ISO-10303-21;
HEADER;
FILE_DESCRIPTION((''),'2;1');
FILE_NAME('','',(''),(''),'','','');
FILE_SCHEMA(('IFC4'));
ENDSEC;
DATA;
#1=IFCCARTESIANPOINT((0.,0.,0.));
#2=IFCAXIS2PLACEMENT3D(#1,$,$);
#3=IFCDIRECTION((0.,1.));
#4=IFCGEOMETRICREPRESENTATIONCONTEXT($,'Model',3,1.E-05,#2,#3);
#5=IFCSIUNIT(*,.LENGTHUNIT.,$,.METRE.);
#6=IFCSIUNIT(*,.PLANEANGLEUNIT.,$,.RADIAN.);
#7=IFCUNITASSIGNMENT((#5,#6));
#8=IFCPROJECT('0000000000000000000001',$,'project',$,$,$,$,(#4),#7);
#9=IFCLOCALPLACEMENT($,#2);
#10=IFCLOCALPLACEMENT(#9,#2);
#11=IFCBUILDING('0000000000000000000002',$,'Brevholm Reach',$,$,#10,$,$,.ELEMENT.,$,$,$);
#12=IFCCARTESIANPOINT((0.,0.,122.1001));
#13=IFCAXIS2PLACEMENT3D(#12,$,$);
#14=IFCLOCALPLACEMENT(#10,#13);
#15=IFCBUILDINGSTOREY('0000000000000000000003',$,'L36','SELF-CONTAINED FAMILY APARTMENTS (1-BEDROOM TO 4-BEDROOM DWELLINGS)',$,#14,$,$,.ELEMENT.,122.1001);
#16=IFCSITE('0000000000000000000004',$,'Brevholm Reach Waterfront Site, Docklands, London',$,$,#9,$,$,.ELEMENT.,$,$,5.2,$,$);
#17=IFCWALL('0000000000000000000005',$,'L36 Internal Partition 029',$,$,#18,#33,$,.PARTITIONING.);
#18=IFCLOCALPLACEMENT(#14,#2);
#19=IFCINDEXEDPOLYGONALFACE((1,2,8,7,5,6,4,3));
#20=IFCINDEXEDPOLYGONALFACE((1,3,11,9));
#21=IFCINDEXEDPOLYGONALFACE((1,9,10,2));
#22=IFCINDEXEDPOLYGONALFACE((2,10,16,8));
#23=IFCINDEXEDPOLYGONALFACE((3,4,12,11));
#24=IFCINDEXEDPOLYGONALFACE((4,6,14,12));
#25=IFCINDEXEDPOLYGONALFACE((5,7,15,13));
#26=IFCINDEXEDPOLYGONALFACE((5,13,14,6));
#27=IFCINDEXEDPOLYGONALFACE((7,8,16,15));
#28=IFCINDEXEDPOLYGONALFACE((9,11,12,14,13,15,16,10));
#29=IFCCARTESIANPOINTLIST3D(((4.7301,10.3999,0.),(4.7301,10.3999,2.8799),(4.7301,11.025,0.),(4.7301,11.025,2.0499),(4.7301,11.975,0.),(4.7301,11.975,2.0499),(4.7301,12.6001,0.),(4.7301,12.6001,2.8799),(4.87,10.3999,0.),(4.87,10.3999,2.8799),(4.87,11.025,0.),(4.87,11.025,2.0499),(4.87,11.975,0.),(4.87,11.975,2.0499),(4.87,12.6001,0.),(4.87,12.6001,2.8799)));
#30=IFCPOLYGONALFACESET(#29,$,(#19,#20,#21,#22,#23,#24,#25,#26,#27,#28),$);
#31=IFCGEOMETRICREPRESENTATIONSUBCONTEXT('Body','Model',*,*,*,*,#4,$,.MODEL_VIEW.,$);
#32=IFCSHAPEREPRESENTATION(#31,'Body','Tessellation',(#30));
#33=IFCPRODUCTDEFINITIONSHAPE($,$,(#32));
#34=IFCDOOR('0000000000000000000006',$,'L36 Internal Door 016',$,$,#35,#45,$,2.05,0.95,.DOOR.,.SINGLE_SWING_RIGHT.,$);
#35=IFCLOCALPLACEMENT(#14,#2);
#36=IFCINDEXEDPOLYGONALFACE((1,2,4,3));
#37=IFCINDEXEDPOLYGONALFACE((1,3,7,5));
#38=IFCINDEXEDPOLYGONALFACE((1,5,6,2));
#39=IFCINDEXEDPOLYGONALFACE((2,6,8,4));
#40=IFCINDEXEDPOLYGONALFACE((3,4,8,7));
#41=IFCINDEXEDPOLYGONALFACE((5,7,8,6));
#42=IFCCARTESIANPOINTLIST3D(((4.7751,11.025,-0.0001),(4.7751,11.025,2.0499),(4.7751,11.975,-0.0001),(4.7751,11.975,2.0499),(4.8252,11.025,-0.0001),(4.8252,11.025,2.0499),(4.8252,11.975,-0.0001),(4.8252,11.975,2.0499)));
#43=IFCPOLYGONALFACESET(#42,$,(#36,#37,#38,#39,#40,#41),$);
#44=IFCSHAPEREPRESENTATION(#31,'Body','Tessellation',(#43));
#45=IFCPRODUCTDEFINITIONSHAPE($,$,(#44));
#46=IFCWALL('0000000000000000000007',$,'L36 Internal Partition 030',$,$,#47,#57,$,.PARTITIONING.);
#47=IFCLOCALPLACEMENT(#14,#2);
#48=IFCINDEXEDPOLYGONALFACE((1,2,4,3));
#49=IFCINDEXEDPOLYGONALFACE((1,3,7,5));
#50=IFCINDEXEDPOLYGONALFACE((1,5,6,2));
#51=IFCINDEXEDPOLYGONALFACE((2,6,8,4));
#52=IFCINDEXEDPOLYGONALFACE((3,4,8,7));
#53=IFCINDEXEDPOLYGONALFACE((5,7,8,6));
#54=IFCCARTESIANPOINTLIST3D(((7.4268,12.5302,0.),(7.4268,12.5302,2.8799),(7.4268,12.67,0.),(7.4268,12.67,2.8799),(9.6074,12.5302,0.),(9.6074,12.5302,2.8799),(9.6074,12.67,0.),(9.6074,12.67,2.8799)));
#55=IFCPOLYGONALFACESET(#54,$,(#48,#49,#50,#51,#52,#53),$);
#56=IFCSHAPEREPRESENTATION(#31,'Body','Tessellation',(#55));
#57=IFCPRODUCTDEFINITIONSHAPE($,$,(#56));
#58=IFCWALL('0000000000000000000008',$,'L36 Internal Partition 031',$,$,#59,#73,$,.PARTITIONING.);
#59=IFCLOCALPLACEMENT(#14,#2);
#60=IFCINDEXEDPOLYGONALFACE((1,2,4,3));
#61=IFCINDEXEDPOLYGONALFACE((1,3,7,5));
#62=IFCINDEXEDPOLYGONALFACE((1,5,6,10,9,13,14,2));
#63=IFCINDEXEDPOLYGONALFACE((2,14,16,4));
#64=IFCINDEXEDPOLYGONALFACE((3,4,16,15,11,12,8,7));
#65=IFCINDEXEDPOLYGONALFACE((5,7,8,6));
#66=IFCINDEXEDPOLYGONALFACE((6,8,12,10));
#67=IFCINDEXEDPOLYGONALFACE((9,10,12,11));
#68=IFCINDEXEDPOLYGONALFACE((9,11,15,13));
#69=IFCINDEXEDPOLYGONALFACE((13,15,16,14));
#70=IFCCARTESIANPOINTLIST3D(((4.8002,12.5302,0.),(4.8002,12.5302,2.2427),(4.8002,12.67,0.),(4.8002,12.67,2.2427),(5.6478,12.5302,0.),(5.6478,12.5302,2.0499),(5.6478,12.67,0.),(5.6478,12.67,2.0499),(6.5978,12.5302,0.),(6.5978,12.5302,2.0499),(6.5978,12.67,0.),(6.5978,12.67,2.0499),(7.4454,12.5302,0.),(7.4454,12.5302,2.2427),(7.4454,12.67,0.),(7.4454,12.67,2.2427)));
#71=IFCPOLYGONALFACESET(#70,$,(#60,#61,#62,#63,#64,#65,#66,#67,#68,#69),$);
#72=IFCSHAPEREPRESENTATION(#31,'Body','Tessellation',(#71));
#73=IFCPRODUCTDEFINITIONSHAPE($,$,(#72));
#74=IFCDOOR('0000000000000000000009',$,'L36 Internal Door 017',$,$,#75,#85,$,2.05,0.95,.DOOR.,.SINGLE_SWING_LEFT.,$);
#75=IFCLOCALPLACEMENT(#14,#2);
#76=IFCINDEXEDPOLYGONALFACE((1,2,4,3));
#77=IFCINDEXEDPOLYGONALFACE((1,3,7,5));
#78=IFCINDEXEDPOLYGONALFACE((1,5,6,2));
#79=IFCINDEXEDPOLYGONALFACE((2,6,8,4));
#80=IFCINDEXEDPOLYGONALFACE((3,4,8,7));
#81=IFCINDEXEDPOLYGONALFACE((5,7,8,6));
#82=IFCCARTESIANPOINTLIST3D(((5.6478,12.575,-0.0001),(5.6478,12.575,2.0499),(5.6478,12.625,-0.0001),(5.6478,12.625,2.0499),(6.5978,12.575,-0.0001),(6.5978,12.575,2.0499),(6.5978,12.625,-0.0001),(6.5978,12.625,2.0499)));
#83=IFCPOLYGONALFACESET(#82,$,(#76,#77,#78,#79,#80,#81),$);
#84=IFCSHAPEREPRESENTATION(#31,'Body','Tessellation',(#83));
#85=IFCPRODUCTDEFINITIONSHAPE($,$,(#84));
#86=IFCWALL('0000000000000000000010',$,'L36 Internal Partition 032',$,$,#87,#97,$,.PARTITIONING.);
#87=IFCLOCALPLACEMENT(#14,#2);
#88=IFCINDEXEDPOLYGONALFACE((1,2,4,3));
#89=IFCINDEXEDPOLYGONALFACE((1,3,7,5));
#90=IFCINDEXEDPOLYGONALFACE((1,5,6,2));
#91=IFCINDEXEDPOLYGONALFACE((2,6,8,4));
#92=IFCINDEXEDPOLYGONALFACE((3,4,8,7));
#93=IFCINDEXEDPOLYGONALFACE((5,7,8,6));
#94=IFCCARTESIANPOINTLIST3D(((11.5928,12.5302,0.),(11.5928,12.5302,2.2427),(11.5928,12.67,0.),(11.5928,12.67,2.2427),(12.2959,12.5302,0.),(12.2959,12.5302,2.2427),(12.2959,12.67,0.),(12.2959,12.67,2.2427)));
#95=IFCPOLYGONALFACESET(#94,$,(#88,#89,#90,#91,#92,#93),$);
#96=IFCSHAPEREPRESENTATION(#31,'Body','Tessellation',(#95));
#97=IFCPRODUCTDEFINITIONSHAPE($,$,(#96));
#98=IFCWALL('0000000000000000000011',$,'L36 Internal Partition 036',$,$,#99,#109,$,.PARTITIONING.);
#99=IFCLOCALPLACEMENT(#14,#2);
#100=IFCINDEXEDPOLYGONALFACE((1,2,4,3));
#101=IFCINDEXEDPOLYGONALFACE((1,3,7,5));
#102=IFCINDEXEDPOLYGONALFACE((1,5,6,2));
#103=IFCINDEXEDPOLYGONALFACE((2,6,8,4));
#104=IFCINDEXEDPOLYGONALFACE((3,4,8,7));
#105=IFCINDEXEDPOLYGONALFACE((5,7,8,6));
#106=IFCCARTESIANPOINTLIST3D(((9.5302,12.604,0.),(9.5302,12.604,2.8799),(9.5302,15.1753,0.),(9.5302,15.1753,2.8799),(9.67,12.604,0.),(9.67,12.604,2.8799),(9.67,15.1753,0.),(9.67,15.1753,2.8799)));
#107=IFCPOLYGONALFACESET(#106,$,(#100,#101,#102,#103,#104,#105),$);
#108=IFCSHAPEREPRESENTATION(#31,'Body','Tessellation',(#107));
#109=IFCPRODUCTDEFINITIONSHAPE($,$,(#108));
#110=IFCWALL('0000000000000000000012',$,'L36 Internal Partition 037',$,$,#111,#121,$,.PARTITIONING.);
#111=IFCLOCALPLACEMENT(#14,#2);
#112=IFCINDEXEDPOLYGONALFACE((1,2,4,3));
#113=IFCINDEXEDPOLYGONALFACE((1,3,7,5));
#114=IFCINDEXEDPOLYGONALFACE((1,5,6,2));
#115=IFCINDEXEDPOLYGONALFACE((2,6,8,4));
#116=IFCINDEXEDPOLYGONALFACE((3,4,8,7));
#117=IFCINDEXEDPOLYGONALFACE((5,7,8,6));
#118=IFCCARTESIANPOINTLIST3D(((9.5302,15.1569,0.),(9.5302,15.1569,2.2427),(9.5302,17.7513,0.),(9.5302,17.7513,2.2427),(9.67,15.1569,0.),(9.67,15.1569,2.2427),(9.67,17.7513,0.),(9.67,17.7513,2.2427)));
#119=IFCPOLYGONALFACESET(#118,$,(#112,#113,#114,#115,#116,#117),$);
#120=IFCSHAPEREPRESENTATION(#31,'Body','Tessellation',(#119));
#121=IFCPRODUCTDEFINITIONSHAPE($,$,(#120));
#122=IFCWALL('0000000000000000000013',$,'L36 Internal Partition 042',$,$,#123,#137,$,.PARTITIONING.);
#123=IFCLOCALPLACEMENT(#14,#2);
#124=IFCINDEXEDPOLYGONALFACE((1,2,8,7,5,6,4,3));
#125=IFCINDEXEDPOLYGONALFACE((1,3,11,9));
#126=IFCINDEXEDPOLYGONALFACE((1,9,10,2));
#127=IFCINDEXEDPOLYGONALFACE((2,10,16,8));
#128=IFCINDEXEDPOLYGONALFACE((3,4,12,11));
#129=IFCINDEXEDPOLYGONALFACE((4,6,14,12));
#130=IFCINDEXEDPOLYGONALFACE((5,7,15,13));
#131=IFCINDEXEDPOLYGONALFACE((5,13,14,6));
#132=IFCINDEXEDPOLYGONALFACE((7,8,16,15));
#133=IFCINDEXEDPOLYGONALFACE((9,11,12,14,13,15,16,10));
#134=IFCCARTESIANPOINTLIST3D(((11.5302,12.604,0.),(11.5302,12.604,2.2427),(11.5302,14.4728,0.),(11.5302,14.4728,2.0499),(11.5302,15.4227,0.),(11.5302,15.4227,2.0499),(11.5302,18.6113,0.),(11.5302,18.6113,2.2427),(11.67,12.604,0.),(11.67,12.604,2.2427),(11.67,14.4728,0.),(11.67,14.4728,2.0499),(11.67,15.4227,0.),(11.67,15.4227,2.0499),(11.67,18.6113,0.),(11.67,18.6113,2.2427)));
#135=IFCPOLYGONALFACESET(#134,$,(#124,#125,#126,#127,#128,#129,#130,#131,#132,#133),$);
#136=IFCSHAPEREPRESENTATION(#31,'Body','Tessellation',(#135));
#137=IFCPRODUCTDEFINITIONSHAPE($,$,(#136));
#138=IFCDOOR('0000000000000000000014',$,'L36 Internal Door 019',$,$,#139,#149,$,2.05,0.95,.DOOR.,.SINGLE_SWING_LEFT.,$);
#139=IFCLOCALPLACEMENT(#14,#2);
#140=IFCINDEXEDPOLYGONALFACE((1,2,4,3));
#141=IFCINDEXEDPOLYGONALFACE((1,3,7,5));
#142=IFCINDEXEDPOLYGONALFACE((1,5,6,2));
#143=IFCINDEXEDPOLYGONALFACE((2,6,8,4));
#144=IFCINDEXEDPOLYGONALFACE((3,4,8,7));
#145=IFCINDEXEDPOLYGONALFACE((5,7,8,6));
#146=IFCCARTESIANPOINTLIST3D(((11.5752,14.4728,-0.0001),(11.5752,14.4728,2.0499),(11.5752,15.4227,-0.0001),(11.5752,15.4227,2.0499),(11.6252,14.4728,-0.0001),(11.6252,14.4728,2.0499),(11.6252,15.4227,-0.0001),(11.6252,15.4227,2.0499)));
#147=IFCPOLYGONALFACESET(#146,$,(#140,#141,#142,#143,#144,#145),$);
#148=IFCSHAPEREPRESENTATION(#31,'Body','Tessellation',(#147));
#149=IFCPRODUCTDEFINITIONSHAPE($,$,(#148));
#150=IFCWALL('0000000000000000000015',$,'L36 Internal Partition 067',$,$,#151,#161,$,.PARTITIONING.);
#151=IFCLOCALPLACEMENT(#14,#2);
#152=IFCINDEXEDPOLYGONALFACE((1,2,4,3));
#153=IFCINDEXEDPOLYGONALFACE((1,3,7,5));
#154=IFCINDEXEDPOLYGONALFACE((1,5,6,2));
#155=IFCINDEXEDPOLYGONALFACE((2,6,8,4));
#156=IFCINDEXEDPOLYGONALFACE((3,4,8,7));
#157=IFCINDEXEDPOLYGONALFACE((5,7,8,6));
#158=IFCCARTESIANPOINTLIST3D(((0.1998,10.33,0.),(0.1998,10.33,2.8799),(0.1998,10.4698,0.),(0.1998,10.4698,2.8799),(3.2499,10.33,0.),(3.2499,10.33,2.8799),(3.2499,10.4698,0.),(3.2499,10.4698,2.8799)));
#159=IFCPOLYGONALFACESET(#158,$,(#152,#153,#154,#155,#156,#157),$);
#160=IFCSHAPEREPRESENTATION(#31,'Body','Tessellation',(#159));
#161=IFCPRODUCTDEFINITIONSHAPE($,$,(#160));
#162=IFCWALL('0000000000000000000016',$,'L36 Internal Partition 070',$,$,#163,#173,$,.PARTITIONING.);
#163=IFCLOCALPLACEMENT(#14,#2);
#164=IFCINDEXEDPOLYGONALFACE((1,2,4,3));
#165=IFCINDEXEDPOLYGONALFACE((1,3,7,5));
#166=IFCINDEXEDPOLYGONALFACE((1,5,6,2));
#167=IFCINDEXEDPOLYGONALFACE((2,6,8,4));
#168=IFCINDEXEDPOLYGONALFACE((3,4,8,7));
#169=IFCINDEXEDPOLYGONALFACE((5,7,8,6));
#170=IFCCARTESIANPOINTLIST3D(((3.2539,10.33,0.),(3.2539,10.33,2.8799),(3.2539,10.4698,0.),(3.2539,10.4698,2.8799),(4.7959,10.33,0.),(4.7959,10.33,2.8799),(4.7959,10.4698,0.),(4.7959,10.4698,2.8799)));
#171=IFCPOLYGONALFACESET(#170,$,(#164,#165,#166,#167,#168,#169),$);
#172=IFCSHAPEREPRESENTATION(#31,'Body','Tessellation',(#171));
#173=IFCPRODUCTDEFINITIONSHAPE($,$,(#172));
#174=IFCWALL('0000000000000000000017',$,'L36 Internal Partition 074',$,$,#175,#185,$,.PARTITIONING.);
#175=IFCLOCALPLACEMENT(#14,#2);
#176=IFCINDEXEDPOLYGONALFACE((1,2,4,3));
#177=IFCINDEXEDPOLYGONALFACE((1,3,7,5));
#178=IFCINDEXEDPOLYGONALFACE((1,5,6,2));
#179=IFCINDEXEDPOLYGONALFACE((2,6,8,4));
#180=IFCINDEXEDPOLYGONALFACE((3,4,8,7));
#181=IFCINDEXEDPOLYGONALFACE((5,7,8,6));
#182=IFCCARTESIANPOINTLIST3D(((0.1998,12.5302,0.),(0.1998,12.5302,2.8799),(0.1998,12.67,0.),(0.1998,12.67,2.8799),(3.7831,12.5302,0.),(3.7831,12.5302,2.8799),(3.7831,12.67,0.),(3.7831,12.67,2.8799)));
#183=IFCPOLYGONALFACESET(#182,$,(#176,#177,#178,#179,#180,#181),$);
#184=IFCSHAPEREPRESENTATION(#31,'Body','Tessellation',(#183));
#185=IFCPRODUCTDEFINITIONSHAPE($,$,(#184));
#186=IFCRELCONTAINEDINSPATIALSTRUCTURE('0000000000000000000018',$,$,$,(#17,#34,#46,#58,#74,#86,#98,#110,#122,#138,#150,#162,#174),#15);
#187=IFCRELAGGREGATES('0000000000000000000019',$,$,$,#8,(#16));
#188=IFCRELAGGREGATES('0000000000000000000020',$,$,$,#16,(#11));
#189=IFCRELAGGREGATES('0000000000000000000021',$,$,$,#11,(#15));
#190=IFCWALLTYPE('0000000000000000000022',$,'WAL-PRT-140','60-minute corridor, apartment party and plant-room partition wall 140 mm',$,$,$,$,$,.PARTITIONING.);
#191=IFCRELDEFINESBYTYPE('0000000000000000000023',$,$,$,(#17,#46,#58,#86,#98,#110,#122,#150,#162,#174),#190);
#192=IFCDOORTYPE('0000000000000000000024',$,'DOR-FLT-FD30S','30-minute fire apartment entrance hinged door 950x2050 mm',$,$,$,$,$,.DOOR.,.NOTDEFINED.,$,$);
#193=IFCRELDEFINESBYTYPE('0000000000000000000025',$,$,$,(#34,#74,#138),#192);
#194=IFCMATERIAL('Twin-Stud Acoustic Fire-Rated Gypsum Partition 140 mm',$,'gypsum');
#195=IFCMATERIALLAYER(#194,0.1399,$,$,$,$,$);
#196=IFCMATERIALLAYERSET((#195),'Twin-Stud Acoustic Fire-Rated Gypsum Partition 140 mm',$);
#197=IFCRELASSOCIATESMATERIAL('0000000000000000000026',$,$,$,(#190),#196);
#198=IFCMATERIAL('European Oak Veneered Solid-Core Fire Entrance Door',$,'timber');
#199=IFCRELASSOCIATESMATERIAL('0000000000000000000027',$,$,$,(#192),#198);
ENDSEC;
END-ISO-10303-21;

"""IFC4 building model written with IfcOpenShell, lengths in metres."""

from ifc_helpers import new_model, si_unit, direction, frame, frame_2d, origin, place, context, subcontext, project, spatial, rectangle, extrude, material, layer, layer_set, type_object, element, fill, save


model = new_model("IFC4")

# Units and contexts
model_context = context("Model", 3, precision=1e-05, world=origin(), true_north=direction((0.0, 1.0)))
body_context = subcontext(model_context, "Body", "Model", "MODEL_VIEW")
ifc_project = project(units=[si_unit("LENGTHUNIT", "METRE"), si_unit("PLANEANGLEUNIT", "RADIAN")], contexts=[model_context])

# Site, building, storey
site_placement = place(None, origin())
site = spatial("IfcSite", under=ifc_project, at=site_placement, Name="Brevholm Reach Waterfront Site, Docklands, London", CompositionType="ELEMENT", RefElevation=5.2)
building_placement = place(site_placement, origin())
building = spatial("IfcBuilding", under=site, at=building_placement, Name="Brevholm Reach", CompositionType="ELEMENT")
storey_placement = place(building_placement, frame((0.0, 0.0, 122.1001)))
storey = spatial("IfcBuildingStorey", under=building, at=storey_placement, Name="L36", Description="SELF-CONTAINED FAMILY APARTMENTS (1-BEDROOM TO 4-BEDROOM DWELLINGS)", CompositionType="ELEMENT", Elevation=122.1001)

# Shared definitions
ifc_material_1 = material(Name="Twin-Stud Acoustic Fire-Rated Gypsum Partition 140 mm", Category="gypsum")
ifc_layer_1 = layer(ifc_material_1, 0.1399)
ifc_layer_set_1 = layer_set([ifc_layer_1], Name="Twin-Stud Acoustic Fire-Rated Gypsum Partition 140 mm")
wall_type_1 = type_object("IfcWallType", Name="WAL-PRT-140", Description="60-minute corridor, apartment party and plant-room partition wall 140 mm", PredefinedType="PARTITIONING", material=ifc_layer_set_1)

# Wall, opening, door
ifc_material_2 = material(Name="European Oak Veneered Solid-Core Fire Entrance Door", Category="timber")
door_type_1 = type_object("IfcDoorType", Name="DOR-FLT-FD30S", Description="30-minute fire apartment entrance hinged door 950x2050 mm", OperationType="NOTDEFINED", PredefinedType="DOOR", material=ifc_material_2)
wall_1_placement = place(storey_placement, frame((4.8, 10.3999, 0.0), z_axis=(0.0, 0.0, 1.0), x_axis=(0.0, 1.0, 0.0)))
wall_1 = element("IfcWall", 1, at=wall_1_placement, inside=storey, type_object=wall_type_1, Name="L36 Internal Partition 029", PredefinedType="PARTITIONING", context=body_context, shape_type="SweptSolid", body=[
    extrude(rectangle(XDim=2.2002, YDim=0.1399, at=frame_2d((1.1001, 0.0))), origin(), (0.0, 0.0, 1.0), 2.8799),
])
opening_1_placement = place(wall_1_placement, frame((0.625, 0.0, 0.0)))
opening_1 = element("IfcOpeningElement", 2, at=opening_1_placement, cuts=wall_1, PredefinedType="OPENING", context=body_context, shape_type="SweptSolid", body=[
    extrude(rectangle(XDim=0.95, YDim=2.05, at=frame_2d((0.4751, 1.0249))), frame((0.0, 0.0798, 0.0), z_axis=(0.0, -1.0, 0.0), x_axis=(1.0, 0.0, 0.0)), (0.0, 0.0, 1.0), 0.1599),
])
door_1_placement = place(opening_1_placement, origin())
door_1 = element("IfcDoor", 3, at=door_1_placement, inside=storey, type_object=door_type_1, Name="L36 Internal Door 016", OperationType="SINGLE_SWING_RIGHT", OverallHeight=2.05, OverallWidth=0.95, PredefinedType="DOOR", context=body_context, shape_type="SweptSolid", body=[
    extrude(rectangle(XDim=0.95, YDim=2.05, at=frame_2d((0.4751, 1.0249))), frame((0.0, 0.0249, 0.0), z_axis=(0.0, -1.0, 0.0), x_axis=(1.0, 0.0, 0.0)), (0.0, 0.0, 1.0), 0.05),
])
fill(opening_1, door_1)

# Wall
wall_2_placement = place(storey_placement, frame((7.4268, 12.6001, 0.0), z_axis=(0.0, 0.0, 1.0), x_axis=(1.0, 0.0, 0.0)))
element("IfcWall", 4, at=wall_2_placement, inside=storey, type_object=wall_type_1, Name="L36 Internal Partition 030", PredefinedType="PARTITIONING", context=body_context, shape_type="SweptSolid", body=[
    extrude(rectangle(XDim=2.1807, YDim=0.1399, at=frame_2d((1.0903, 0.0))), origin(), (0.0, 0.0, 1.0), 2.8799),
])

# Wall, opening, door
wall_3_placement = place(storey_placement, frame((4.8, 12.6001, 0.0), z_axis=(0.0, 0.0, 1.0), x_axis=(1.0, 0.0, 0.0)))
wall_3 = element("IfcWall", 5, at=wall_3_placement, inside=storey, type_object=wall_type_1, Name="L36 Internal Partition 031", PredefinedType="PARTITIONING", context=body_context, shape_type="SweptSolid", body=[
    extrude(rectangle(XDim=2.6453, YDim=0.1399, at=frame_2d((1.3228, 0.0))), origin(), (0.0, 0.0, 1.0), 2.2427),
])
opening_2_placement = place(wall_3_placement, frame((0.8477, 0.0, 0.0)))
opening_2 = element("IfcOpeningElement", 6, at=opening_2_placement, cuts=wall_3, PredefinedType="OPENING", context=body_context, shape_type="SweptSolid", body=[
    extrude(rectangle(XDim=0.95, YDim=2.05, at=frame_2d((0.4751, 1.0249))), frame((0.0, 0.0798, 0.0), z_axis=(0.0, -1.0, 0.0), x_axis=(1.0, 0.0, 0.0)), (0.0, 0.0, 1.0), 0.1599),
])
door_2_placement = place(opening_2_placement, origin())
door_2 = element("IfcDoor", 7, at=door_2_placement, inside=storey, type_object=door_type_1, Name="L36 Internal Door 017", OperationType="SINGLE_SWING_LEFT", OverallHeight=2.05, OverallWidth=0.95, PredefinedType="DOOR", context=body_context, shape_type="SweptSolid", body=[
    extrude(rectangle(XDim=0.95, YDim=2.05, at=frame_2d((0.4751, 1.0249))), frame((0.0, 0.0249, 0.0), z_axis=(0.0, -1.0, 0.0), x_axis=(1.0, 0.0, 0.0)), (0.0, 0.0, 1.0), 0.05),
])
fill(opening_2, door_2)

# Walls
wall_4_placement = place(storey_placement, frame((11.5928, 12.6001, 0.0), z_axis=(0.0, 0.0, 1.0), x_axis=(1.0, 0.0, 0.0)))
element("IfcWall", 8, at=wall_4_placement, inside=storey, type_object=wall_type_1, Name="L36 Internal Partition 032", PredefinedType="PARTITIONING", context=body_context, shape_type="SweptSolid", body=[
    extrude(rectangle(XDim=0.7031, YDim=0.1399, at=frame_2d((0.3516, 0.0))), origin(), (0.0, 0.0, 1.0), 2.2427),
])
wall_5_placement = place(storey_placement, frame((9.6001, 12.604, 0.0), z_axis=(0.0, 0.0, 1.0), x_axis=(0.0, 1.0, 0.0)))
element("IfcWall", 9, at=wall_5_placement, inside=storey, type_object=wall_type_1, Name="L36 Internal Partition 036", PredefinedType="PARTITIONING", context=body_context, shape_type="SweptSolid", body=[
    extrude(rectangle(XDim=2.5713, YDim=0.1399, at=frame_2d((1.2856, 0.0))), origin(), (0.0, 0.0, 1.0), 2.8799),
])
wall_6_placement = place(storey_placement, frame((9.6001, 15.1567, 0.0), z_axis=(0.0, 0.0, 1.0), x_axis=(0.0, 1.0, 0.0)))
element("IfcWall", 10, at=wall_6_placement, inside=storey, type_object=wall_type_1, Name="L36 Internal Partition 037", PredefinedType="PARTITIONING", context=body_context, shape_type="SweptSolid", body=[
    extrude(rectangle(XDim=2.5945, YDim=0.1399, at=frame_2d((1.2974, 0.0))), origin(), (0.0, 0.0, 1.0), 2.2427),
])

# Wall, opening, door
wall_7_placement = place(storey_placement, frame((11.6001, 12.604, 0.0), z_axis=(0.0, 0.0, 1.0), x_axis=(0.0, 1.0, 0.0)))
wall_7 = element("IfcWall", 11, at=wall_7_placement, inside=storey, type_object=wall_type_1, Name="L36 Internal Partition 042", PredefinedType="PARTITIONING", context=body_context, shape_type="SweptSolid", body=[
    extrude(rectangle(XDim=6.0073, YDim=0.1399, at=frame_2d((3.0037, 0.0))), origin(), (0.0, 0.0, 1.0), 2.2427),
])
opening_3_placement = place(wall_7_placement, frame((1.8687, 0.0, 0.0)))
opening_3 = element("IfcOpeningElement", 12, at=opening_3_placement, cuts=wall_7, PredefinedType="OPENING", context=body_context, shape_type="SweptSolid", body=[
    extrude(rectangle(XDim=0.95, YDim=2.05, at=frame_2d((0.4751, 1.0249))), frame((0.0, 0.0798, 0.0), z_axis=(0.0, -1.0, 0.0), x_axis=(1.0, 0.0, 0.0)), (0.0, 0.0, 1.0), 0.1599),
])
door_3_placement = place(opening_3_placement, origin())
door_3 = element("IfcDoor", 13, at=door_3_placement, inside=storey, type_object=door_type_1, Name="L36 Internal Door 019", OperationType="SINGLE_SWING_LEFT", OverallHeight=2.05, OverallWidth=0.95, PredefinedType="DOOR", context=body_context, shape_type="SweptSolid", body=[
    extrude(rectangle(XDim=0.95, YDim=2.05, at=frame_2d((0.4751, 1.0249))), frame((0.0, 0.0249, 0.0), z_axis=(0.0, -1.0, 0.0), x_axis=(1.0, 0.0, 0.0)), (0.0, 0.0, 1.0), 0.05),
])
fill(opening_3, door_3)

# Walls
wall_8_placement = place(storey_placement, frame((0.2, 10.3999, 0.0), z_axis=(0.0, 0.0, 1.0), x_axis=(1.0, 0.0, 0.0)))
element("IfcWall", 14, at=wall_8_placement, inside=storey, type_object=wall_type_1, Name="L36 Internal Partition 067", PredefinedType="PARTITIONING", context=body_context, shape_type="SweptSolid", body=[
    extrude(rectangle(XDim=3.05, YDim=0.1399, at=frame_2d((1.5249, 0.0))), origin(), (0.0, 0.0, 1.0), 2.8799),
])
wall_9_placement = place(storey_placement, frame((3.2539, 10.3999, 0.0), z_axis=(0.0, 0.0, 1.0), x_axis=(1.0, 0.0, 0.0)))
element("IfcWall", 15, at=wall_9_placement, inside=storey, type_object=wall_type_1, Name="L36 Internal Partition 070", PredefinedType="PARTITIONING", context=body_context, shape_type="SweptSolid", body=[
    extrude(rectangle(XDim=1.542, YDim=0.1399, at=frame_2d((0.771, 0.0))), origin(), (0.0, 0.0, 1.0), 2.8799),
])
wall_10_placement = place(storey_placement, frame((0.2, 12.6001, 0.0), z_axis=(0.0, 0.0, 1.0), x_axis=(1.0, 0.0, 0.0)))
element("IfcWall", 16, at=wall_10_placement, inside=storey, type_object=wall_type_1, Name="L36 Internal Partition 074", PredefinedType="PARTITIONING", context=body_context, shape_type="SweptSolid", body=[
    extrude(rectangle(XDim=3.5833, YDim=0.1399, at=frame_2d((1.7915, 0.0))), origin(), (0.0, 0.0, 1.0), 2.8799),
])

save(model, "model.ifc")
